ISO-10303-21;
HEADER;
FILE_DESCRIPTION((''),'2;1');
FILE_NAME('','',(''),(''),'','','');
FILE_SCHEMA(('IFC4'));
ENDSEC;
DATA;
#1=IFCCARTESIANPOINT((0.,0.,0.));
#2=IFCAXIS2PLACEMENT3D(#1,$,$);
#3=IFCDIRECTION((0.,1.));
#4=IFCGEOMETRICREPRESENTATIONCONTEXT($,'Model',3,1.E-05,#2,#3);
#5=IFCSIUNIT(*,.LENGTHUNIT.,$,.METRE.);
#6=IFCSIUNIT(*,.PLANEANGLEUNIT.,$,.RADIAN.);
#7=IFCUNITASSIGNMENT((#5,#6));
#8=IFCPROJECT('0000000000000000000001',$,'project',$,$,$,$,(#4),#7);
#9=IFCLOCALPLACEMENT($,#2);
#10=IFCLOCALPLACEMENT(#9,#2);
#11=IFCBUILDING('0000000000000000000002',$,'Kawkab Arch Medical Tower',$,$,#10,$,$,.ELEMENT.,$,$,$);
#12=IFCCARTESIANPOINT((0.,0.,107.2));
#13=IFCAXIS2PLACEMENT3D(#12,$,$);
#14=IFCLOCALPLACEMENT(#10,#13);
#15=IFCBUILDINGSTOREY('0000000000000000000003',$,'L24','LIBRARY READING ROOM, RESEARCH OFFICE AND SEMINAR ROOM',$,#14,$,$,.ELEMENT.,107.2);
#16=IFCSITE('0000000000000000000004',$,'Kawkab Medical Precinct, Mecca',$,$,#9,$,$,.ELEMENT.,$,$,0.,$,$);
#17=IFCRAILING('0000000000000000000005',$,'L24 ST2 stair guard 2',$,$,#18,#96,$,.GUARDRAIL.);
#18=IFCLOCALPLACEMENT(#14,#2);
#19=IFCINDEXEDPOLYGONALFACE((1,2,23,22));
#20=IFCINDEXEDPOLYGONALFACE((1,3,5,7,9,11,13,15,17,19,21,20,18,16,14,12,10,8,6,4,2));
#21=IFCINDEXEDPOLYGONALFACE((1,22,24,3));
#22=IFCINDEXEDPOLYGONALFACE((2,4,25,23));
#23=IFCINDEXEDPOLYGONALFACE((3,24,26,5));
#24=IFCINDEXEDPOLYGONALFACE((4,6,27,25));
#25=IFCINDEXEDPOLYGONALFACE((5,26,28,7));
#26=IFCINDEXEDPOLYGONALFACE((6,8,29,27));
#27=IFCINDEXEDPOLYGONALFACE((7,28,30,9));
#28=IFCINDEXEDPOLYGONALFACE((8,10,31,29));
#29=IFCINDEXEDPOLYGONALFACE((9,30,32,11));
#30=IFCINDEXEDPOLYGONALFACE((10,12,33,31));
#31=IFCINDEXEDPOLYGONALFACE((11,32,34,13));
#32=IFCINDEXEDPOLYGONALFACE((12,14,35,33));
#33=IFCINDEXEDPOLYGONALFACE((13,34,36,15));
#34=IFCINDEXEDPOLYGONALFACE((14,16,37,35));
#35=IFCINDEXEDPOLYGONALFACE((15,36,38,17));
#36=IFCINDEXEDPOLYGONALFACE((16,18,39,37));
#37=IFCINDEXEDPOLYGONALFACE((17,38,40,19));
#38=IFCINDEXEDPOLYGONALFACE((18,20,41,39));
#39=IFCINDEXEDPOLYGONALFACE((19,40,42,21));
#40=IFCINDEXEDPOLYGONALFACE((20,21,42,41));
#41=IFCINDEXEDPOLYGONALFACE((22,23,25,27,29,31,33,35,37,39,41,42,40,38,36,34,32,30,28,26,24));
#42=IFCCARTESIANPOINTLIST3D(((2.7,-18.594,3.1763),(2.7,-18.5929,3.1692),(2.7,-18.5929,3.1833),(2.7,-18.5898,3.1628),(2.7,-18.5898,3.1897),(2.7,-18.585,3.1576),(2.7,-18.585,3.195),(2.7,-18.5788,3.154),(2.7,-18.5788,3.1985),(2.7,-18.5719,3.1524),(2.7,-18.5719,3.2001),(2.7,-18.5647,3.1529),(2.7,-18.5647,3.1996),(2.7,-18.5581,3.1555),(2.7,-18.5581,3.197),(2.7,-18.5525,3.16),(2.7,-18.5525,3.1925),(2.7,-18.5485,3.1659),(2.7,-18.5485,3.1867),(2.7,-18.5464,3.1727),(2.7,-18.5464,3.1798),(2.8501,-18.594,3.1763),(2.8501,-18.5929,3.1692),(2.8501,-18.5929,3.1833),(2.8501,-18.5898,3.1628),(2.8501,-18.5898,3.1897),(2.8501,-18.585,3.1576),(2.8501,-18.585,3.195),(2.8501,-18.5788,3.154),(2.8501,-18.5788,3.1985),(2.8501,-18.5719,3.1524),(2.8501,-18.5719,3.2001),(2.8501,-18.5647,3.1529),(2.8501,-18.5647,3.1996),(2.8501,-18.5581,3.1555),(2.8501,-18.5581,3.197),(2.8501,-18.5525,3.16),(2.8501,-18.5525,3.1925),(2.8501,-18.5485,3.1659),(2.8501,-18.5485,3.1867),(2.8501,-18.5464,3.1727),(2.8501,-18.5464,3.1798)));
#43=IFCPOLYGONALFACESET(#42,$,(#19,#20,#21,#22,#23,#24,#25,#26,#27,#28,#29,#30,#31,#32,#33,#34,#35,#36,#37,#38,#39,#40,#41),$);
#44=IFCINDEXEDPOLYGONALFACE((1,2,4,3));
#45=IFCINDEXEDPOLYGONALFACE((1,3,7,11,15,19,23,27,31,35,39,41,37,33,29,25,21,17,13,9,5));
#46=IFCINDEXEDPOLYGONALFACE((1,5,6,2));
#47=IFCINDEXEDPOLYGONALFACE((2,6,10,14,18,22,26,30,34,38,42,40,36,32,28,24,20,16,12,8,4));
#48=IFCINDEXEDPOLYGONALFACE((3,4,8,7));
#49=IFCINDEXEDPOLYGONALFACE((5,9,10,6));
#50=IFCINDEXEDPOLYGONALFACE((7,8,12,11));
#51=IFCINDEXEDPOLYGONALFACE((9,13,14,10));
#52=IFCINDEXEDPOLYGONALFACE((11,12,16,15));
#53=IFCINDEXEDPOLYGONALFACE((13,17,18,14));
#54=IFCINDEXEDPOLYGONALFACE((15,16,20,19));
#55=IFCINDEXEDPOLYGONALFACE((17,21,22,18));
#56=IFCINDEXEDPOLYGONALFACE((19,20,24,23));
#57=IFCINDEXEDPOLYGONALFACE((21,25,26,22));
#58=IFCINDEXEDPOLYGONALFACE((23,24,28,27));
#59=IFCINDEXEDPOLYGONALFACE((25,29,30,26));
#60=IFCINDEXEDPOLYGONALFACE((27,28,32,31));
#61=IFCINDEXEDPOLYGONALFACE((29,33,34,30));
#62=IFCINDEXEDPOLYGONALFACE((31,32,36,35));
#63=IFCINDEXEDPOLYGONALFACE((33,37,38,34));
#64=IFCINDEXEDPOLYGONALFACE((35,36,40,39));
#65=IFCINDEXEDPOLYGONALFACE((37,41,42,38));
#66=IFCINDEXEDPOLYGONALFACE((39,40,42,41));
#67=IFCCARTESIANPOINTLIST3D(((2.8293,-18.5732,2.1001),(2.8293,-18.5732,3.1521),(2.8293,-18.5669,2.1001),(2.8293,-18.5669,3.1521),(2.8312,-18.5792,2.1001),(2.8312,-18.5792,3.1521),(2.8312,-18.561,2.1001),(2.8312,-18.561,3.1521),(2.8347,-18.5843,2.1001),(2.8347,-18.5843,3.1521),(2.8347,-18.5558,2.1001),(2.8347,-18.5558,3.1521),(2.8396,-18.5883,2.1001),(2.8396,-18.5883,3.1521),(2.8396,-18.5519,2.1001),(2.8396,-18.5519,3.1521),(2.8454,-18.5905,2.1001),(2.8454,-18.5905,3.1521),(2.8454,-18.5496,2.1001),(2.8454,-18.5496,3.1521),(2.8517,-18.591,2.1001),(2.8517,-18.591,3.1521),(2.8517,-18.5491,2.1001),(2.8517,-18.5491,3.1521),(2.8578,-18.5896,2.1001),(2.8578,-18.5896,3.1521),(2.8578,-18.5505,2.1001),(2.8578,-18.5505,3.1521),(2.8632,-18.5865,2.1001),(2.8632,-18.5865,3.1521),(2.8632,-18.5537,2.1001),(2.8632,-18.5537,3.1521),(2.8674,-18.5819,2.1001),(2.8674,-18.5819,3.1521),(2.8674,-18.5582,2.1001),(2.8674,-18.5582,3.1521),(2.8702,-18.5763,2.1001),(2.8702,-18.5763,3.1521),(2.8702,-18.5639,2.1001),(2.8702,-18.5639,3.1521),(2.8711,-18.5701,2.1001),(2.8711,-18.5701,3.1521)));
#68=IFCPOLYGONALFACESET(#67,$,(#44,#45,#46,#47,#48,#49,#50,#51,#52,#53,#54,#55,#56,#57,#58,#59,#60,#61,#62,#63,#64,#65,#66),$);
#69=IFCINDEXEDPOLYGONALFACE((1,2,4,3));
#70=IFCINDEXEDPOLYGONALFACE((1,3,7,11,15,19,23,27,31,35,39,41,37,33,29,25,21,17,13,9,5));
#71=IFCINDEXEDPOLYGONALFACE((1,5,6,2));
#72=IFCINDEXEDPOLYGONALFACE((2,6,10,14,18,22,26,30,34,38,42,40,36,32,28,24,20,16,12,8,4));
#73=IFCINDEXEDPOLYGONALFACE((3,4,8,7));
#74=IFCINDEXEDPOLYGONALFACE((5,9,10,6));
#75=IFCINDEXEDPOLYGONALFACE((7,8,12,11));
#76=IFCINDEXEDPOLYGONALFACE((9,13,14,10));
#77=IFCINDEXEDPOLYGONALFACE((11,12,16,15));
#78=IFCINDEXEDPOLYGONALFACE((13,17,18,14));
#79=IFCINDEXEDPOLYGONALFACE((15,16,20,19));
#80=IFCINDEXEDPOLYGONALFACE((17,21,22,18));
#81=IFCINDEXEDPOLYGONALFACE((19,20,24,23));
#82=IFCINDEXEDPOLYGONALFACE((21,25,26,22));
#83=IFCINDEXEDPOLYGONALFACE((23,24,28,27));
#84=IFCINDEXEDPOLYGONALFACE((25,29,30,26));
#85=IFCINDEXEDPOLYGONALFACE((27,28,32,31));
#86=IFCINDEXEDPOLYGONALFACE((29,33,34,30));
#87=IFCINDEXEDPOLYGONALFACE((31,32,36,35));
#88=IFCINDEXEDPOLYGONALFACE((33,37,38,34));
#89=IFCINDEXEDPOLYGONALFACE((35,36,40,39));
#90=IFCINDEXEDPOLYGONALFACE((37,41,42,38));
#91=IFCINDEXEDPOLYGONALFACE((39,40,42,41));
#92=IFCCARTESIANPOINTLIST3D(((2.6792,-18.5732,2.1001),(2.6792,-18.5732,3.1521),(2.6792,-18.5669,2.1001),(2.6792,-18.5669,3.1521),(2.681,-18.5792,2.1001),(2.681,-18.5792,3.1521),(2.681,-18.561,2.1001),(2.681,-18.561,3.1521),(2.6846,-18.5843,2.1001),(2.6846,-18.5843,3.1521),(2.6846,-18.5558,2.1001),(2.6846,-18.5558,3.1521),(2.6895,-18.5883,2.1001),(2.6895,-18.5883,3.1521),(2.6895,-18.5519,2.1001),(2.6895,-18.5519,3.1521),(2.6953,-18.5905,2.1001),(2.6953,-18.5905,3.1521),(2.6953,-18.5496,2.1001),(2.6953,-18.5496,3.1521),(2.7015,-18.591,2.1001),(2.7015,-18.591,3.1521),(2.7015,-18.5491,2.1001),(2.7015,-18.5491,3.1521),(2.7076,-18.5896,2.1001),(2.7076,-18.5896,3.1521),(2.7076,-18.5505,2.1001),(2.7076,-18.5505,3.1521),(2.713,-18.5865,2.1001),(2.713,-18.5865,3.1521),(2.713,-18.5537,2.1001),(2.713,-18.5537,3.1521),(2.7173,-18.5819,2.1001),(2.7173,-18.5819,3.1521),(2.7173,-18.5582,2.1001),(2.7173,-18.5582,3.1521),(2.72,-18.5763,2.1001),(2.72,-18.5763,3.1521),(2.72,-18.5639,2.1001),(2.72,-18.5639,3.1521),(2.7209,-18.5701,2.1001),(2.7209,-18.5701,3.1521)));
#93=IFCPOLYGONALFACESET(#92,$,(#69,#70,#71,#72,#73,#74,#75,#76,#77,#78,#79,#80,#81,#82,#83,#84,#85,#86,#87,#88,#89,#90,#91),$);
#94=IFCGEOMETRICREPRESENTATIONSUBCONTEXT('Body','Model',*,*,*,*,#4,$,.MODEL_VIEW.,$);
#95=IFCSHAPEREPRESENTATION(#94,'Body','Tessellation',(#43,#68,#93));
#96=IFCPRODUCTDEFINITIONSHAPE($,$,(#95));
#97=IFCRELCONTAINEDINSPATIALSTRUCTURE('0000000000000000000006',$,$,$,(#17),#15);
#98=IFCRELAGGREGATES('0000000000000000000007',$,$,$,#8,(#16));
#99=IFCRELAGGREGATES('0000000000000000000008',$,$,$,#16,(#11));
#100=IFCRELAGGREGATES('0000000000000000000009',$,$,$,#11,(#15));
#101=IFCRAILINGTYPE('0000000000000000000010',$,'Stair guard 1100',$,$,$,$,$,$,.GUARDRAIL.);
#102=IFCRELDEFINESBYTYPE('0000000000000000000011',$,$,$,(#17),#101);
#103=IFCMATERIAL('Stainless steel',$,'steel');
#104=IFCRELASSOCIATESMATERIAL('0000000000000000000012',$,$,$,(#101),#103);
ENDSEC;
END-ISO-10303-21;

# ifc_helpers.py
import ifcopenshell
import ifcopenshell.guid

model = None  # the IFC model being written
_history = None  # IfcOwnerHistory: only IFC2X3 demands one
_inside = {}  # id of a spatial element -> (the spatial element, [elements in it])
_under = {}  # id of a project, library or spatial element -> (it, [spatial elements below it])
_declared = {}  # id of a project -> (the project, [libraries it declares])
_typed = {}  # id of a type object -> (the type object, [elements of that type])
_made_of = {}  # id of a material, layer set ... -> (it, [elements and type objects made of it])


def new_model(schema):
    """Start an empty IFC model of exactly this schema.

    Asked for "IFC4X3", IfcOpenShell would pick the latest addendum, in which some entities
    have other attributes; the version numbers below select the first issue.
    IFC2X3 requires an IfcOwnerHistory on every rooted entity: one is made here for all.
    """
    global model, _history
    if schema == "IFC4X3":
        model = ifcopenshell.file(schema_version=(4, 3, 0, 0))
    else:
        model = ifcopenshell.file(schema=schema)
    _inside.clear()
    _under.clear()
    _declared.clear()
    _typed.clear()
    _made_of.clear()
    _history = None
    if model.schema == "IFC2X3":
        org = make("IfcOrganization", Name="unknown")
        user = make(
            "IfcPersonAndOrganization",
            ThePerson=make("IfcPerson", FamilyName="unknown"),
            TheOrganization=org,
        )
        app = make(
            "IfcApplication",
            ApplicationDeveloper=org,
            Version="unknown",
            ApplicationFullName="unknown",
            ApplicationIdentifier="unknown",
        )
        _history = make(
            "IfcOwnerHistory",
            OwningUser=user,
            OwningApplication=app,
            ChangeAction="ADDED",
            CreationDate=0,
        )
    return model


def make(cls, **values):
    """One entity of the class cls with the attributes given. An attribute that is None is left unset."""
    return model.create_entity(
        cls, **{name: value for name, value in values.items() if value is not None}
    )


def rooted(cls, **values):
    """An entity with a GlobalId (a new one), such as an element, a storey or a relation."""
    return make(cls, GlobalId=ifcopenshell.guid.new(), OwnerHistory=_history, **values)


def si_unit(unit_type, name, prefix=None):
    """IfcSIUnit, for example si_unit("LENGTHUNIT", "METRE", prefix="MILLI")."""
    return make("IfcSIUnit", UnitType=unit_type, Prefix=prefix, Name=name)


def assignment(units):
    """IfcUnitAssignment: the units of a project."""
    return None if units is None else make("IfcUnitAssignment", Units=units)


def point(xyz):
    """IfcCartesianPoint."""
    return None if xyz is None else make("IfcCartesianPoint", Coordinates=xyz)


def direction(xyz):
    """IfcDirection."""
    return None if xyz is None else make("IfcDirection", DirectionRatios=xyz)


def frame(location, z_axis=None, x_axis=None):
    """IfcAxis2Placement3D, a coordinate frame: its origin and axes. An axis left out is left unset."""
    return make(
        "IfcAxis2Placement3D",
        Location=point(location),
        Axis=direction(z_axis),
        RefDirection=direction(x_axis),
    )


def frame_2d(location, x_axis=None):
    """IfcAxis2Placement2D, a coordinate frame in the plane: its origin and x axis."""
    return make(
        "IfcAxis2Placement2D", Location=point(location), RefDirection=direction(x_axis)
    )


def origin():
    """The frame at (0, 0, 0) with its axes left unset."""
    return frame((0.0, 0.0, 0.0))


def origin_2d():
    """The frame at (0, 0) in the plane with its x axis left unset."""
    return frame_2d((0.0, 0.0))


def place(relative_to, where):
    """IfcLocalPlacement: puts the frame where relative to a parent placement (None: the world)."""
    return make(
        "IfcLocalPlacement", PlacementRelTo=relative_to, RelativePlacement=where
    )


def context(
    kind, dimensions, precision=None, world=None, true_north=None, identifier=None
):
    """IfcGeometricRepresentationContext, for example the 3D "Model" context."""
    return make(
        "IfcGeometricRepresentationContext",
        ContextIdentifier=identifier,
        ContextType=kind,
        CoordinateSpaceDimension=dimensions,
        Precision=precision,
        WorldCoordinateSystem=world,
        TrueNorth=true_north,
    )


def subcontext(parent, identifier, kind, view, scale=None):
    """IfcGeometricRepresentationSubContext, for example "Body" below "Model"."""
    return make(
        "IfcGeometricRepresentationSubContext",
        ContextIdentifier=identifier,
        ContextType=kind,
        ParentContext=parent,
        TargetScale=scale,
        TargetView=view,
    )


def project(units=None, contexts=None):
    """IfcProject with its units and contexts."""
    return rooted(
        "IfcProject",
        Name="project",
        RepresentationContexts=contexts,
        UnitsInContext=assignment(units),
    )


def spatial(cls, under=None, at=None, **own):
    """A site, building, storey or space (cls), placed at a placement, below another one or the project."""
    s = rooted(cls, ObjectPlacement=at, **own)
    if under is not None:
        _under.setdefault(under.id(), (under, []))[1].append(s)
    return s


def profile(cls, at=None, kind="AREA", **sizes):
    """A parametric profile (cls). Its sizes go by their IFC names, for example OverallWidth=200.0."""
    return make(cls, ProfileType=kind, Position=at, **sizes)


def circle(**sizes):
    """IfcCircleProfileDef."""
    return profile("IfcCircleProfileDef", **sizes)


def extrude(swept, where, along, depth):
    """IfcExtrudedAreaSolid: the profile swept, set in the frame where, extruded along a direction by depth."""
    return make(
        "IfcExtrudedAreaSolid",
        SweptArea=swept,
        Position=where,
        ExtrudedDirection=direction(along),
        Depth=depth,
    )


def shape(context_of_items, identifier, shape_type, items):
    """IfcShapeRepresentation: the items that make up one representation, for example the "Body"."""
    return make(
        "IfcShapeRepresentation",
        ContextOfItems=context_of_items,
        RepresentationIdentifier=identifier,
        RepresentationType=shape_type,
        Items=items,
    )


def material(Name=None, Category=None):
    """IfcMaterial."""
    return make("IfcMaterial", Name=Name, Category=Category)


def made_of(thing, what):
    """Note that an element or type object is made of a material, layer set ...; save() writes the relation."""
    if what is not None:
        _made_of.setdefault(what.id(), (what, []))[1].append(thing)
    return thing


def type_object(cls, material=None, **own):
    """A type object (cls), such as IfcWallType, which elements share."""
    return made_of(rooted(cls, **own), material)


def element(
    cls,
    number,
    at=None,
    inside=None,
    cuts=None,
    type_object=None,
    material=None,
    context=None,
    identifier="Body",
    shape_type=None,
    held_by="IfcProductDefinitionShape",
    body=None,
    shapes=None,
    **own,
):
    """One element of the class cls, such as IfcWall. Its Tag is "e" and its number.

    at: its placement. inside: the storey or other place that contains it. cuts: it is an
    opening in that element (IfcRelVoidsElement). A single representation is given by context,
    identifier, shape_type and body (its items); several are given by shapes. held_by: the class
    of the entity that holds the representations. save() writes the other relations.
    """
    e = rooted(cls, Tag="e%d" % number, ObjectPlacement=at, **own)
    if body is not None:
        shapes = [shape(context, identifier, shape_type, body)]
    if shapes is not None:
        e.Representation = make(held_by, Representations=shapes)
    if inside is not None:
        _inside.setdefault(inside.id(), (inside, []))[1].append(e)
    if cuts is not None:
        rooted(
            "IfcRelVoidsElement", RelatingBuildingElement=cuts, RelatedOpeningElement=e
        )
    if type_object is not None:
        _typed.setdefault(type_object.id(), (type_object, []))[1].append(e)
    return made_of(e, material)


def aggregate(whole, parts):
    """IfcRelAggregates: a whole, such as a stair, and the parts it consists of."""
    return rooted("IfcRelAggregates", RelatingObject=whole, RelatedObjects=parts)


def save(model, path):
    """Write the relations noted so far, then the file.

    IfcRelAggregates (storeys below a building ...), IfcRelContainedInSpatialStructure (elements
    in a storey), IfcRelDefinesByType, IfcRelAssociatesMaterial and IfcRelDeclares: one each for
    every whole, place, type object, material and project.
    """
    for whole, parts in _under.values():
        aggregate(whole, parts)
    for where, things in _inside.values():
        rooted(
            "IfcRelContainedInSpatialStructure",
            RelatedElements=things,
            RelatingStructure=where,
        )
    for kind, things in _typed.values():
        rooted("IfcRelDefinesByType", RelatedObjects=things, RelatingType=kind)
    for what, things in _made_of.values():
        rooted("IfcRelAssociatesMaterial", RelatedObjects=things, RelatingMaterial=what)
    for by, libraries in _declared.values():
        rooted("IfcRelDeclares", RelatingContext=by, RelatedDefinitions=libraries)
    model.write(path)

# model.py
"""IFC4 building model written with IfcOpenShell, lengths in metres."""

from ifc_helpers import new_model, si_unit, direction, frame, origin, origin_2d, place, context, subcontext, project, spatial, circle, extrude, material, type_object, element, save


model = new_model("IFC4")

# Units and contexts
model_context = context("Model", 3, precision=1e-05, world=origin(), true_north=direction((0.0, 1.0)))
body_context = subcontext(model_context, "Body", "Model", "MODEL_VIEW")
ifc_project = project(units=[si_unit("LENGTHUNIT", "METRE"), si_unit("PLANEANGLEUNIT", "RADIAN")], contexts=[model_context])

# Site, building, storey
site_placement = place(None, origin())
site = spatial("IfcSite", under=ifc_project, at=site_placement, Name="Kawkab Medical Precinct, Mecca", CompositionType="ELEMENT", RefElevation=0.0)
building_placement = place(site_placement, origin())
building = spatial("IfcBuilding", under=site, at=building_placement, Name="Kawkab Arch Medical Tower", CompositionType="ELEMENT")
storey_placement = place(building_placement, frame((0.0, 0.0, 107.2)))
storey = spatial("IfcBuildingStorey", under=building, at=storey_placement, Name="L24", Description="LIBRARY READING ROOM, RESEARCH OFFICE AND SEMINAR ROOM", CompositionType="ELEMENT", Elevation=107.2)

# Railing
ifc_material_1 = material(Name="Stainless steel", Category="steel")
railing_type = type_object("IfcRailingType", Name="Stair guard 1100", PredefinedType="GUARDRAIL", material=ifc_material_1)
railing_1_placement = place(storey_placement, frame((2.8501, -18.5701, 2.1001)))
element("IfcRailing", 1, at=railing_1_placement, inside=storey, type_object=railing_type, Name="L24 ST2 stair guard 2", PredefinedType="GUARDRAIL", context=body_context, shape_type="SweptSolid", body=[
    extrude(circle(Radius=0.0239, at=origin_2d()), frame((0.0, 0.0, 1.0762), z_axis=(-1.0, 0.0, 0.0), x_axis=(0.0, -1.0, 0.0)), (0.0, 0.0, 1.0), 0.1501),
    extrude(circle(Radius=0.021, at=origin_2d()), origin(), (0.0, 0.0, 1.0), 1.052),
    extrude(circle(Radius=0.021, at=origin_2d()), frame((-0.1501, 0.0, 0.0)), (0.0, 0.0, 1.0), 1.052),
])

save(model, "model.ifc")
